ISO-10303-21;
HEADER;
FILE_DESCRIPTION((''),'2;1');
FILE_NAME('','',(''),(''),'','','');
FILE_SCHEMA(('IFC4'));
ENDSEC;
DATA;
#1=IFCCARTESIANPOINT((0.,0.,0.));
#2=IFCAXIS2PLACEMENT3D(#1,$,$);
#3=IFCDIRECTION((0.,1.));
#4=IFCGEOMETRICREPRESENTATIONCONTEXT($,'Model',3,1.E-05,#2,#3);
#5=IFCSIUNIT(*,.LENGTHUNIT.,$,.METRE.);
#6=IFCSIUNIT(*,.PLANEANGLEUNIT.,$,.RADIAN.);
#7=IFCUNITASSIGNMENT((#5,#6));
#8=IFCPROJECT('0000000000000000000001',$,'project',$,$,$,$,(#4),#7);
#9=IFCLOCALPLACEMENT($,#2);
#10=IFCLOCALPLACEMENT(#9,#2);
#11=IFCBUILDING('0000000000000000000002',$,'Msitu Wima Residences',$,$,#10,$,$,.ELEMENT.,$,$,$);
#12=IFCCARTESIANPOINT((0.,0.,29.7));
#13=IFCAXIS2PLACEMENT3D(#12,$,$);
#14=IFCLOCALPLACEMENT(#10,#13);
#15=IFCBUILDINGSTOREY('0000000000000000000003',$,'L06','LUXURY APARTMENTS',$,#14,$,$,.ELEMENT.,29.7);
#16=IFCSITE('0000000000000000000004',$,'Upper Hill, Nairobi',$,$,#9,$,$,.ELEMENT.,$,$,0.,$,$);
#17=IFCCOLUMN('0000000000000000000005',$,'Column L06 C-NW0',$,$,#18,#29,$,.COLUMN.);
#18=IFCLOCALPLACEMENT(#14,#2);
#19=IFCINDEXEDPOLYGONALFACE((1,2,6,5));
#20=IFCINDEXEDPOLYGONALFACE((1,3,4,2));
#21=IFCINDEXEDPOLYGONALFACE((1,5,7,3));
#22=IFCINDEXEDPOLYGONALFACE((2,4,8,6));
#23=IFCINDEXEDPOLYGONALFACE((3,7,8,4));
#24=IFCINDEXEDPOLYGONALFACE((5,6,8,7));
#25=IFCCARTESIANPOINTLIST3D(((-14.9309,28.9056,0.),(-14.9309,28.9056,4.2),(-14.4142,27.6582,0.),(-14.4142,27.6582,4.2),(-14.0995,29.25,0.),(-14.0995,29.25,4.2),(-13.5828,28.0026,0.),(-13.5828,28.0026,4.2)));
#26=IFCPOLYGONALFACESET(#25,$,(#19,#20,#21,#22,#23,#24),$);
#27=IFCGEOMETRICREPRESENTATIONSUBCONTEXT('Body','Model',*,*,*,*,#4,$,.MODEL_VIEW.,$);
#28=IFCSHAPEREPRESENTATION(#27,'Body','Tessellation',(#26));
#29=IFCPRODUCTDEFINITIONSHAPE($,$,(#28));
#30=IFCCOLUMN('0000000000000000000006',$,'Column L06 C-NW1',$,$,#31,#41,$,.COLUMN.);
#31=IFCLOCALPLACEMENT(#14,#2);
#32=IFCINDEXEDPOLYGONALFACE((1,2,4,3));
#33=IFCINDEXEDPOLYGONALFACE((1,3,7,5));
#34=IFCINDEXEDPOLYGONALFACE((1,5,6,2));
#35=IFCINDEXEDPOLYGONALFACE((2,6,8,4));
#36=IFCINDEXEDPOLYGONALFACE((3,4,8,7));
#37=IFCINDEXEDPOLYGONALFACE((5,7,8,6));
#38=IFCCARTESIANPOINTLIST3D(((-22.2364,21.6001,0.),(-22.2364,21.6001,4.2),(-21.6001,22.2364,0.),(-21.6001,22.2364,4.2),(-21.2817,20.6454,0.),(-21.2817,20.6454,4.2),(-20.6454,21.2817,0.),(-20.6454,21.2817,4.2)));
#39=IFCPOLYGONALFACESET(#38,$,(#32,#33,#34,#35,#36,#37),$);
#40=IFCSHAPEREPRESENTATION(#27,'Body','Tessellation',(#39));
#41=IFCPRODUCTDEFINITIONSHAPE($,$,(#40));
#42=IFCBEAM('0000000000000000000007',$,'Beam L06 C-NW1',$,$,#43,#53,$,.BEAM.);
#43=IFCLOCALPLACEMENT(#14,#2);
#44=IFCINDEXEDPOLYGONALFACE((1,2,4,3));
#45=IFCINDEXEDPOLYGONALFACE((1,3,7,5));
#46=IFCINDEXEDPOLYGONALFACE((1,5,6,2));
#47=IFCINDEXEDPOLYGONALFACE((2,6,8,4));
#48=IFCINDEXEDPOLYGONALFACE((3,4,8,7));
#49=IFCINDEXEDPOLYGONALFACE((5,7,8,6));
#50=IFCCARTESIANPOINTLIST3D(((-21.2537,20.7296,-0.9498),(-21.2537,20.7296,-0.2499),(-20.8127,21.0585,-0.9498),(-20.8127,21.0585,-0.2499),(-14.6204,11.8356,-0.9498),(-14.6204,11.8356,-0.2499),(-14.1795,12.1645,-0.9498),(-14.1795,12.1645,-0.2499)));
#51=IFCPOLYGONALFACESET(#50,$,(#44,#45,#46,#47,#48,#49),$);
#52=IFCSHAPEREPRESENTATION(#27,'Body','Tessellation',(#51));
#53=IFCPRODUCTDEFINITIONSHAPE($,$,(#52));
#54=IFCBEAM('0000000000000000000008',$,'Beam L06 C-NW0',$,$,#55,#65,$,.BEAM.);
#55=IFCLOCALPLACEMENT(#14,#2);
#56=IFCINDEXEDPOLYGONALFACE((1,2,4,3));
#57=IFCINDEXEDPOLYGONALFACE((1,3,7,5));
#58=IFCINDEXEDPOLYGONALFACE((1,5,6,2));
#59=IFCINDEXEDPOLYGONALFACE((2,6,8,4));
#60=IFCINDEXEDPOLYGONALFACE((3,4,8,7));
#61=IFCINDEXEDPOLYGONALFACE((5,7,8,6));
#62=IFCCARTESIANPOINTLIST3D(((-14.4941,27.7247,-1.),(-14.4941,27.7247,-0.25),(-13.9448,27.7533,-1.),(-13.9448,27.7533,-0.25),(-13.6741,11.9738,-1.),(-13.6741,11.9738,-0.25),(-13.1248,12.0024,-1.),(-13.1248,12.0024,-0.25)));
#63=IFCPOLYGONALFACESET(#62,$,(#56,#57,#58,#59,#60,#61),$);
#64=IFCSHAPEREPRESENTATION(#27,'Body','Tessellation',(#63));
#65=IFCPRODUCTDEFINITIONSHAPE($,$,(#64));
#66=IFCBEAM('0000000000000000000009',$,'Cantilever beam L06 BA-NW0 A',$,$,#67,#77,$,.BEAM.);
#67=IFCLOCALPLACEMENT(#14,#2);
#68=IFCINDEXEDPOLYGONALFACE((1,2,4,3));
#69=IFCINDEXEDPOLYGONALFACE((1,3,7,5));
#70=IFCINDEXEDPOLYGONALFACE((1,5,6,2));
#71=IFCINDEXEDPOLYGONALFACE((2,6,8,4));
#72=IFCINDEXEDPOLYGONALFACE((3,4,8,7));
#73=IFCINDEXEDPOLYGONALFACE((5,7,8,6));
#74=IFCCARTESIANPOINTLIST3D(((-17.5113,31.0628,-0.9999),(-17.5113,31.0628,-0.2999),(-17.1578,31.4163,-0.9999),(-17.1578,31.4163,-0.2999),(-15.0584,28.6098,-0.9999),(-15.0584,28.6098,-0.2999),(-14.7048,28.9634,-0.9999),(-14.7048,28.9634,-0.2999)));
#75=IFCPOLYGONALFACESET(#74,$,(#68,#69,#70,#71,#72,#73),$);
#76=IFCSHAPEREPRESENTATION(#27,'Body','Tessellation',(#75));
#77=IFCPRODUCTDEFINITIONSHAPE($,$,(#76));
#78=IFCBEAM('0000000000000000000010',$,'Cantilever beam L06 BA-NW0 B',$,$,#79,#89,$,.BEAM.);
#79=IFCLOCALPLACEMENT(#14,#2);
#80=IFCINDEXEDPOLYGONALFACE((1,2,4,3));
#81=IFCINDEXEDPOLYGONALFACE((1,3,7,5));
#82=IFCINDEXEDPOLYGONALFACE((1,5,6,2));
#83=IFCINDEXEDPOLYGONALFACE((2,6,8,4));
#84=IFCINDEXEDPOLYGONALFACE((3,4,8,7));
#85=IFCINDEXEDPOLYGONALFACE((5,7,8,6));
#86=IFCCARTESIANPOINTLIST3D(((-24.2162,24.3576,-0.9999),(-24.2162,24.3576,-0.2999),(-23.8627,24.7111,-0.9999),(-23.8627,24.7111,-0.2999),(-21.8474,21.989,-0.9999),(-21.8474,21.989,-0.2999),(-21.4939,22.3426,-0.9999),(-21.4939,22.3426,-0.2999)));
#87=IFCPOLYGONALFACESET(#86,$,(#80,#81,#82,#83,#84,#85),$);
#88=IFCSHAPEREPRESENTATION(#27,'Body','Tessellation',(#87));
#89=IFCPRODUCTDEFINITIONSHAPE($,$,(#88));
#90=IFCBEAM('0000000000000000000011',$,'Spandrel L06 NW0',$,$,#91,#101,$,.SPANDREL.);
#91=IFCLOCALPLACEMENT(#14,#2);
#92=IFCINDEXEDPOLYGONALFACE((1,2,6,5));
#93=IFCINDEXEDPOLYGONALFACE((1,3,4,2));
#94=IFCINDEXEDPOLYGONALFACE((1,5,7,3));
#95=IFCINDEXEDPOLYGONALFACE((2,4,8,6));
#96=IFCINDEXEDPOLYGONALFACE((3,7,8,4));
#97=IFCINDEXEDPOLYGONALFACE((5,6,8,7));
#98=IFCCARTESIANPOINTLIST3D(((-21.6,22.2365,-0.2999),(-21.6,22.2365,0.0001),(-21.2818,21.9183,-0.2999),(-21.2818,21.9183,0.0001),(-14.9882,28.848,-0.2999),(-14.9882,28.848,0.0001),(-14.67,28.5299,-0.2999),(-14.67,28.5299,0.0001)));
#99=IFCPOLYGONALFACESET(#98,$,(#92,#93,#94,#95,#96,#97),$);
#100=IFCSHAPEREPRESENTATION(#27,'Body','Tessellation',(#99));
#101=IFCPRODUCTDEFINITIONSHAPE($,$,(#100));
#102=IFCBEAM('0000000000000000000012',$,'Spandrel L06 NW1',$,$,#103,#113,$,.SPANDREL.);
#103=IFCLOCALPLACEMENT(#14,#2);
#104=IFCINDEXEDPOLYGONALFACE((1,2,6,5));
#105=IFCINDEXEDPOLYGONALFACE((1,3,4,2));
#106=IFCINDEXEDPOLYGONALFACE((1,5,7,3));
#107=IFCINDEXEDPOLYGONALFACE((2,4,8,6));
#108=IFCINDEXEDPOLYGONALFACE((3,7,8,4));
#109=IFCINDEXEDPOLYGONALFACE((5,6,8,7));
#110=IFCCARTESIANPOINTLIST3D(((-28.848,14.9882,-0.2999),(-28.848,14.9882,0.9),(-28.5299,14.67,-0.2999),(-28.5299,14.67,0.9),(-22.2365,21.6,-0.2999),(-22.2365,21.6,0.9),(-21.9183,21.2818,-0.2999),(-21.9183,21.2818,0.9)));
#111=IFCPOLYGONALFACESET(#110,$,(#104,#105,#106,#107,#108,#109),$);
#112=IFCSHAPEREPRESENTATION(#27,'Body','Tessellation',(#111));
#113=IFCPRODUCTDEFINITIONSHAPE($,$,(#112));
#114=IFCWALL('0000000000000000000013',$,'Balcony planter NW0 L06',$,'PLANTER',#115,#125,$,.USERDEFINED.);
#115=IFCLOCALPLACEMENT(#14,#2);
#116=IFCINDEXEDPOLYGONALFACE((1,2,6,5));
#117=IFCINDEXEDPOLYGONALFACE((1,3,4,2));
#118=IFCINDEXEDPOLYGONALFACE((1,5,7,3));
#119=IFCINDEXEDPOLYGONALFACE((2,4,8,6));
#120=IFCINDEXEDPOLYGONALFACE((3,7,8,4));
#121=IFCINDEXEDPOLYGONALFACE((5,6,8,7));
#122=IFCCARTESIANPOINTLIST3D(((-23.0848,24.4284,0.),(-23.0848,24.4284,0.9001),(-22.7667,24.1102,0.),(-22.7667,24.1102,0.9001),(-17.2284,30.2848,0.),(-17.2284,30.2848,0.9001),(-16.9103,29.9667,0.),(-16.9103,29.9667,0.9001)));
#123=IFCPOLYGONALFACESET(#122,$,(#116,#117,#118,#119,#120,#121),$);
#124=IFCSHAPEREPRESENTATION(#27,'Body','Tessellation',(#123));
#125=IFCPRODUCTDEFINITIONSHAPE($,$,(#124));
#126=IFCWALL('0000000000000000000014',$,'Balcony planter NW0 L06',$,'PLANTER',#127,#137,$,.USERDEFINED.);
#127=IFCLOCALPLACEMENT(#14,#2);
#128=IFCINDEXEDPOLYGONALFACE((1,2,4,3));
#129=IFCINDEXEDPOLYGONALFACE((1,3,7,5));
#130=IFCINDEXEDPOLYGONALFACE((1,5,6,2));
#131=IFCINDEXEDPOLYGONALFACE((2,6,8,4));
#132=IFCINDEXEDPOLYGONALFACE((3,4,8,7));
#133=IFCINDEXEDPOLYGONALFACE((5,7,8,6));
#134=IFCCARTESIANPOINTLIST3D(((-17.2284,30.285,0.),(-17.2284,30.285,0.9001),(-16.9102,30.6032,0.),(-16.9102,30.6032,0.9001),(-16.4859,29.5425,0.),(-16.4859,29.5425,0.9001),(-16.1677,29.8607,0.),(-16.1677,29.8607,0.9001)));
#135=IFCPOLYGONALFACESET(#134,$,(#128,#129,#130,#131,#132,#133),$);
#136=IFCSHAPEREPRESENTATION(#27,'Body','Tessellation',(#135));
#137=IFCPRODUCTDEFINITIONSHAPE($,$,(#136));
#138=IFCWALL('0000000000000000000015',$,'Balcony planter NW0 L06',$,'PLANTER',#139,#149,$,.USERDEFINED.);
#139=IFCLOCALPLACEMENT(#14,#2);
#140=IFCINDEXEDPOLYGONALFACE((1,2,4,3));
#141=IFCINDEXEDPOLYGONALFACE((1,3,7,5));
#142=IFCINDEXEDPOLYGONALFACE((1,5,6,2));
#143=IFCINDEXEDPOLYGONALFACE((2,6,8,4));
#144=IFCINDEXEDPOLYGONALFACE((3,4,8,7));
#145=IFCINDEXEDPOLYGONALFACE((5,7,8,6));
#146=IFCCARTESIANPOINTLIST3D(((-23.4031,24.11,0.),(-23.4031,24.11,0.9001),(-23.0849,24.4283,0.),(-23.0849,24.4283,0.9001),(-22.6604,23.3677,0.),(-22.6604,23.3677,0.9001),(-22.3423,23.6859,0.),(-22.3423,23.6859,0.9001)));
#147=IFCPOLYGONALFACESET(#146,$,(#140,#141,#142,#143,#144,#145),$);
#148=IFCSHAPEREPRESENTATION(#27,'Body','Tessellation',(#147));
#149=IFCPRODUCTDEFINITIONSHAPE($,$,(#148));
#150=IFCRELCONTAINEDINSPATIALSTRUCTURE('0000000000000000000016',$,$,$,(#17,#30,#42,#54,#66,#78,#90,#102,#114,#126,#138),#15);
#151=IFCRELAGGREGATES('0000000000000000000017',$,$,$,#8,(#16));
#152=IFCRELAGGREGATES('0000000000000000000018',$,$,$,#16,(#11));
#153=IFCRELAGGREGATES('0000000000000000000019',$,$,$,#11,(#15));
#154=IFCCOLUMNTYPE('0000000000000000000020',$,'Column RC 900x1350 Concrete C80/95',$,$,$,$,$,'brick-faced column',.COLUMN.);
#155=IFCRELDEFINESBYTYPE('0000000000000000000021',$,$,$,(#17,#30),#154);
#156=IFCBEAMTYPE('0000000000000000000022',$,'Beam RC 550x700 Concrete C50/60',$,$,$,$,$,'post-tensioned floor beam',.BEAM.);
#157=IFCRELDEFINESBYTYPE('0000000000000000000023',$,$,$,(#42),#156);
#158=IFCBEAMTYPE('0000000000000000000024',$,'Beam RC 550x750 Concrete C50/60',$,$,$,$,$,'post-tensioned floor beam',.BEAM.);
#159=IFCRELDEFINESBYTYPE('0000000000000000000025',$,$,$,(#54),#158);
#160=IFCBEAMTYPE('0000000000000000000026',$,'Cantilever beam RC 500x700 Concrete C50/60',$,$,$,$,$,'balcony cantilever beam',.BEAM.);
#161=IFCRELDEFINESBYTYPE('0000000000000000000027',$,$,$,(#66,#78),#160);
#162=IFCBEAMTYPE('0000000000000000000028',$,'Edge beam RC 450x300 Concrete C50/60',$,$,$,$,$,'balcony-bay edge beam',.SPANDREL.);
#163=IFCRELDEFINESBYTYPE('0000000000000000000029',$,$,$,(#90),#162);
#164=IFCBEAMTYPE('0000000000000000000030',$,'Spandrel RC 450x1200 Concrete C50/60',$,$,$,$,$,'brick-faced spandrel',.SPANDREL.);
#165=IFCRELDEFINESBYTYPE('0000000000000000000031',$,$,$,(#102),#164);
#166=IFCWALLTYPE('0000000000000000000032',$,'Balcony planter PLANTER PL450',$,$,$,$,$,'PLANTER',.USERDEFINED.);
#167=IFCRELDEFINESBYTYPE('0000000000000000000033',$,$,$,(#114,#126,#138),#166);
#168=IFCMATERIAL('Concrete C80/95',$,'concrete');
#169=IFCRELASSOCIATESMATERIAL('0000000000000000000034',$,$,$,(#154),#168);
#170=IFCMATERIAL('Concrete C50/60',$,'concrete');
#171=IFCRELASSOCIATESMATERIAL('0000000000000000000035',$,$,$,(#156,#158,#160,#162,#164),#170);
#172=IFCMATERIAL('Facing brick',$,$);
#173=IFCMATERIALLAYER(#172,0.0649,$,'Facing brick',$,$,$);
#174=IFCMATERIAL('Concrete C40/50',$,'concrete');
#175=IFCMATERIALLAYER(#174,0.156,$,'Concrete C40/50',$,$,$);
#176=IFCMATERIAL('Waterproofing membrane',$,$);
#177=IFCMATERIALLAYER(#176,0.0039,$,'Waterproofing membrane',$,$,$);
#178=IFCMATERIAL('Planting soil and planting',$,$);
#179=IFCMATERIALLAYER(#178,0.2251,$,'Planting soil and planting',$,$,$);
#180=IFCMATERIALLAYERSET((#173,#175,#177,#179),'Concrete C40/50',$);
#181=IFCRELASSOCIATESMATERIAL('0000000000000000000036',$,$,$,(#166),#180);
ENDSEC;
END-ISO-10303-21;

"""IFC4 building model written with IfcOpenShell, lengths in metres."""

from ifc_helpers import new_model, si_unit, direction, frame, frame_2d, origin, origin_2d, place, context, subcontext, project, spatial, rectangle, extrude, material, layer, layer_set, material_profile, profile_set, type_object, element, save


model = new_model("IFC4")

# Units and contexts
model_context = context("Model", 3, precision=1e-05, world=origin(), true_north=direction((0.0, 1.0)))
body_context = subcontext(model_context, "Body", "Model", "MODEL_VIEW")
ifc_project = project(units=[si_unit("LENGTHUNIT", "METRE"), si_unit("PLANEANGLEUNIT", "RADIAN")], contexts=[model_context])

# Site, building, storey
site_placement = place(None, origin())
site = spatial("IfcSite", under=ifc_project, at=site_placement, Name="Upper Hill, Nairobi", CompositionType="ELEMENT", RefElevation=0.0)
building_placement = place(site_placement, origin())
building = spatial("IfcBuilding", under=site, at=building_placement, Name="Msitu Wima Residences", CompositionType="ELEMENT")
storey_placement = place(building_placement, frame((0.0, 0.0, 29.7)))
storey = spatial("IfcBuildingStorey", under=building, at=storey_placement, Name="L06", Description="LUXURY APARTMENTS", CompositionType="ELEMENT", Elevation=29.7)

# Columns
ifc_material_1 = material(Name="Concrete C80/95", Category="concrete")
ifc_material_profile_1 = material_profile(ifc_material_1, rectangle(XDim=0.8999, YDim=1.3501, at=origin_2d()), Name="RC 900x1350")
ifc_profile_set_1 = profile_set([ifc_material_profile_1], Name="Concrete C80/95")
column_type = type_object("IfcColumnType", Name="Column RC 900x1350 Concrete C80/95", ElementType="brick-faced column", PredefinedType="COLUMN", material=ifc_profile_set_1)
for number, where, z_axis, x_axis, name in (
    (1, (-14.2568, 28.4541, 0.0), (0.0, 0.0, 1.0), (-0.92388, -0.382683, 0.0), "Column L06 C-NW0"),
    (2, (-21.4409, 21.4409, 0.0), (0.0, 0.0, 1.0), (-0.707107, -0.707107, 0.0), "Column L06 C-NW1"),
):
    element("IfcColumn", number, at=place(storey_placement, frame(where, z_axis=z_axis, x_axis=x_axis)), inside=storey, type_object=column_type, Name=name, PredefinedType="COLUMN", context=body_context, shape_type="SweptSolid", body=[
        extrude(rectangle(XDim=0.8999, YDim=1.3501, at=origin_2d()), origin(), (0.0, 0.0, 1.0), 4.2),
    ])

# Beams
ifc_material_2 = material(Name="Concrete C50/60", Category="concrete")
ifc_material_profile_2 = material_profile(ifc_material_2, rectangle(XDim=0.55, YDim=0.7, at=origin_2d()), Name="RC 550x700")
ifc_profile_set_2 = profile_set([ifc_material_profile_2], Name="Concrete C50/60")
beam_type_1 = type_object("IfcBeamType", Name="Beam RC 550x700 Concrete C50/60", ElementType="post-tensioned floor beam", PredefinedType="BEAM", material=ifc_profile_set_2)
beam_1_placement = place(storey_placement, frame((-21.0332, 20.894, -0.5999), z_axis=(0.59785, -0.801608, 0.0), x_axis=(0.801608, 0.59785, 0.0)))
element("IfcBeam", 3, at=beam_1_placement, inside=storey, type_object=beam_type_1, Name="Beam L06 C-NW1", PredefinedType="BEAM", context=body_context, shape_type="SweptSolid", body=[
    extrude(rectangle(XDim=0.55, YDim=0.7, at=origin_2d()), origin(), (0.0, 0.0, 1.0), 11.0952),
])
ifc_material_profile_3 = material_profile(ifc_material_2, rectangle(XDim=0.55, YDim=0.75, at=origin_2d()), Name="RC 550x750")
ifc_profile_set_3 = profile_set([ifc_material_profile_3], Name="Concrete C50/60")
beam_type_2 = type_object("IfcBeamType", Name="Beam RC 550x750 Concrete C50/60", ElementType="post-tensioned floor beam", PredefinedType="BEAM", material=ifc_profile_set_3)
beam_2_placement = place(storey_placement, frame((-14.2195, 27.739, -0.625), z_axis=(0.051994, -0.998647, 0.0), x_axis=(0.998647, 0.051994, 0.0)))
element("IfcBeam", 4, at=beam_2_placement, inside=storey, type_object=beam_type_2, Name="Beam L06 C-NW0", PredefinedType="BEAM", context=body_context, shape_type="SweptSolid", body=[
    extrude(rectangle(XDim=0.55, YDim=0.75, at=origin_2d()), origin(), (0.0, 0.0, 1.0), 15.7722),
])
ifc_material_profile_4 = material_profile(ifc_material_2, rectangle(XDim=0.5, YDim=0.7, at=origin_2d()), Name="RC 500x700")
ifc_profile_set_4 = profile_set([ifc_material_profile_4], Name="Concrete C50/60")
beam_type_3 = type_object("IfcBeamType", Name="Cantilever beam RC 500x700 Concrete C50/60", ElementType="balcony cantilever beam", PredefinedType="BEAM", material=ifc_profile_set_4)
beam_3_placement = place(storey_placement, frame((-14.8816, 28.7866, -0.6499), z_axis=(-0.707107, 0.707107, 0.0), x_axis=(-0.707107, -0.707107, 0.0)))
element("IfcBeam", 5, at=beam_3_placement, inside=storey, type_object=beam_type_3, Name="Cantilever beam L06 BA-NW0 A", PredefinedType="BEAM", context=body_context, shape_type="SweptSolid", body=[
    extrude(rectangle(XDim=0.5, YDim=0.7, at=origin_2d()), origin(), (0.0, 0.0, 1.0), 3.469),
])
beam_4_placement = place(storey_placement, frame((-21.6707, 22.1658, -0.6499), z_axis=(-0.707143, 0.70707, 0.0), x_axis=(-0.70707, -0.707143, 0.0)))
element("IfcBeam", 6, at=beam_4_placement, inside=storey, type_object=beam_type_3, Name="Cantilever beam L06 BA-NW0 B", PredefinedType="BEAM", context=body_context, shape_type="SweptSolid", body=[
    extrude(rectangle(XDim=0.5, YDim=0.7, at=origin_2d()), origin(), (0.0, 0.0, 1.0), 3.3499),
])
ifc_material_profile_5 = material_profile(ifc_material_2, rectangle(XDim=0.45, YDim=0.3, at=origin_2d()), Name="RC 450x300")
ifc_profile_set_5 = profile_set([ifc_material_profile_5], Name="Concrete C50/60")
beam_type_4 = type_object("IfcBeamType", Name="Edge beam RC 450x300 Concrete C50/60", ElementType="balcony-bay edge beam", PredefinedType="SPANDREL", material=ifc_profile_set_5)
beam_5_placement = place(storey_placement, frame((-14.8291, 28.689, -0.1499), z_axis=(-0.70712, -0.707094, 0.0), x_axis=(0.707094, -0.70712, 0.0)))
element("IfcBeam", 7, at=beam_5_placement, inside=storey, type_object=beam_type_4, Name="Spandrel L06 NW0", PredefinedType="SPANDREL", context=body_context, shape_type="SweptSolid", body=[
    extrude(rectangle(XDim=0.45, YDim=0.3, at=origin_2d()), origin(), (0.0, 0.0, 1.0), 9.3503),
])
ifc_material_profile_6 = material_profile(ifc_material_2, rectangle(XDim=0.45, YDim=1.2, at=origin_2d()), Name="RC 450x1200")
ifc_profile_set_6 = profile_set([ifc_material_profile_6], Name="Concrete C50/60")
beam_type_5 = type_object("IfcBeamType", Name="Spandrel RC 450x1200 Concrete C50/60", ElementType="brick-faced spandrel", PredefinedType="SPANDREL", material=ifc_profile_set_6)
beam_6_placement = place(storey_placement, frame((-22.0774, 21.4409, 0.3), z_axis=(-0.707094, -0.70712, 0.0), x_axis=(0.70712, -0.707094, 0.0)))
element("IfcBeam", 8, at=beam_6_placement, inside=storey, type_object=beam_type_5, Name="Spandrel L06 NW1", PredefinedType="SPANDREL", context=body_context, shape_type="SweptSolid", body=[
    extrude(rectangle(XDim=0.45, YDim=1.2, at=origin_2d()), origin(), (0.0, 0.0, 1.0), 9.3503),
])

# Walls
ifc_material_3 = material(Name="Facing brick")
ifc_layer_1 = layer(ifc_material_3, 0.0649, Name="Facing brick")
ifc_material_4 = material(Name="Concrete C40/50", Category="concrete")
ifc_layer_2 = layer(ifc_material_4, 0.156, Name="Concrete C40/50")
ifc_material_5 = material(Name="Waterproofing membrane")
ifc_layer_3 = layer(ifc_material_5, 0.0039, Name="Waterproofing membrane")
ifc_material_6 = material(Name="Planting soil and planting")
ifc_layer_4 = layer(ifc_material_6, 0.2251, Name="Planting soil and planting")
ifc_layer_set_1 = layer_set([ifc_layer_1, ifc_layer_2, ifc_layer_3, ifc_layer_4], Name="Concrete C40/50")
wall_type_1 = type_object("IfcWallType", Name="Balcony planter PLANTER PL450", ElementType="PLANTER", PredefinedType="USERDEFINED", material=ifc_layer_set_1)
wall_1_placement = place(storey_placement, frame((-17.0693, 30.1257, 0.0), z_axis=(0.0, 0.0, 1.0), x_axis=(-0.707107, -0.707107, 0.0)))
element("IfcWall", 9, at=wall_1_placement, inside=storey, type_object=wall_type_1, Name="Balcony planter NW0 L06", ObjectType="PLANTER", PredefinedType="USERDEFINED", context=body_context, shape_type="SweptSolid", body=[
    extrude(rectangle(XDim=8.2822, YDim=0.45, at=frame_2d((4.1411, 0.0))), origin(), (0.0, 0.0, 1.0), 0.9001),
])
for number, where, z_axis, x_axis, name in (
    (10, (-16.3269, 29.7017, 0.0), (0.0, 0.0, 1.0), (-0.707107, 0.707107, 0.0), "Balcony planter NW0 L06"),
    (11, (-22.5015, 23.5269, 0.0), (0.0, 0.0, 1.0), (-0.707223, 0.706991, 0.0), "Balcony planter NW0 L06"),
):
    element("IfcWall", number, at=place(storey_placement, frame(where, z_axis=z_axis, x_axis=x_axis)), inside=storey, type_object=wall_type_1, Name=name, ObjectType="PLANTER", PredefinedType="USERDEFINED", context=body_context, shape_type="SweptSolid", body=[
        extrude(rectangle(XDim=1.05, YDim=0.45, at=frame_2d((0.5249, 0.0))), origin(), (0.0, 0.0, 1.0), 0.9001),
    ])

save(model, "model.ifc")
